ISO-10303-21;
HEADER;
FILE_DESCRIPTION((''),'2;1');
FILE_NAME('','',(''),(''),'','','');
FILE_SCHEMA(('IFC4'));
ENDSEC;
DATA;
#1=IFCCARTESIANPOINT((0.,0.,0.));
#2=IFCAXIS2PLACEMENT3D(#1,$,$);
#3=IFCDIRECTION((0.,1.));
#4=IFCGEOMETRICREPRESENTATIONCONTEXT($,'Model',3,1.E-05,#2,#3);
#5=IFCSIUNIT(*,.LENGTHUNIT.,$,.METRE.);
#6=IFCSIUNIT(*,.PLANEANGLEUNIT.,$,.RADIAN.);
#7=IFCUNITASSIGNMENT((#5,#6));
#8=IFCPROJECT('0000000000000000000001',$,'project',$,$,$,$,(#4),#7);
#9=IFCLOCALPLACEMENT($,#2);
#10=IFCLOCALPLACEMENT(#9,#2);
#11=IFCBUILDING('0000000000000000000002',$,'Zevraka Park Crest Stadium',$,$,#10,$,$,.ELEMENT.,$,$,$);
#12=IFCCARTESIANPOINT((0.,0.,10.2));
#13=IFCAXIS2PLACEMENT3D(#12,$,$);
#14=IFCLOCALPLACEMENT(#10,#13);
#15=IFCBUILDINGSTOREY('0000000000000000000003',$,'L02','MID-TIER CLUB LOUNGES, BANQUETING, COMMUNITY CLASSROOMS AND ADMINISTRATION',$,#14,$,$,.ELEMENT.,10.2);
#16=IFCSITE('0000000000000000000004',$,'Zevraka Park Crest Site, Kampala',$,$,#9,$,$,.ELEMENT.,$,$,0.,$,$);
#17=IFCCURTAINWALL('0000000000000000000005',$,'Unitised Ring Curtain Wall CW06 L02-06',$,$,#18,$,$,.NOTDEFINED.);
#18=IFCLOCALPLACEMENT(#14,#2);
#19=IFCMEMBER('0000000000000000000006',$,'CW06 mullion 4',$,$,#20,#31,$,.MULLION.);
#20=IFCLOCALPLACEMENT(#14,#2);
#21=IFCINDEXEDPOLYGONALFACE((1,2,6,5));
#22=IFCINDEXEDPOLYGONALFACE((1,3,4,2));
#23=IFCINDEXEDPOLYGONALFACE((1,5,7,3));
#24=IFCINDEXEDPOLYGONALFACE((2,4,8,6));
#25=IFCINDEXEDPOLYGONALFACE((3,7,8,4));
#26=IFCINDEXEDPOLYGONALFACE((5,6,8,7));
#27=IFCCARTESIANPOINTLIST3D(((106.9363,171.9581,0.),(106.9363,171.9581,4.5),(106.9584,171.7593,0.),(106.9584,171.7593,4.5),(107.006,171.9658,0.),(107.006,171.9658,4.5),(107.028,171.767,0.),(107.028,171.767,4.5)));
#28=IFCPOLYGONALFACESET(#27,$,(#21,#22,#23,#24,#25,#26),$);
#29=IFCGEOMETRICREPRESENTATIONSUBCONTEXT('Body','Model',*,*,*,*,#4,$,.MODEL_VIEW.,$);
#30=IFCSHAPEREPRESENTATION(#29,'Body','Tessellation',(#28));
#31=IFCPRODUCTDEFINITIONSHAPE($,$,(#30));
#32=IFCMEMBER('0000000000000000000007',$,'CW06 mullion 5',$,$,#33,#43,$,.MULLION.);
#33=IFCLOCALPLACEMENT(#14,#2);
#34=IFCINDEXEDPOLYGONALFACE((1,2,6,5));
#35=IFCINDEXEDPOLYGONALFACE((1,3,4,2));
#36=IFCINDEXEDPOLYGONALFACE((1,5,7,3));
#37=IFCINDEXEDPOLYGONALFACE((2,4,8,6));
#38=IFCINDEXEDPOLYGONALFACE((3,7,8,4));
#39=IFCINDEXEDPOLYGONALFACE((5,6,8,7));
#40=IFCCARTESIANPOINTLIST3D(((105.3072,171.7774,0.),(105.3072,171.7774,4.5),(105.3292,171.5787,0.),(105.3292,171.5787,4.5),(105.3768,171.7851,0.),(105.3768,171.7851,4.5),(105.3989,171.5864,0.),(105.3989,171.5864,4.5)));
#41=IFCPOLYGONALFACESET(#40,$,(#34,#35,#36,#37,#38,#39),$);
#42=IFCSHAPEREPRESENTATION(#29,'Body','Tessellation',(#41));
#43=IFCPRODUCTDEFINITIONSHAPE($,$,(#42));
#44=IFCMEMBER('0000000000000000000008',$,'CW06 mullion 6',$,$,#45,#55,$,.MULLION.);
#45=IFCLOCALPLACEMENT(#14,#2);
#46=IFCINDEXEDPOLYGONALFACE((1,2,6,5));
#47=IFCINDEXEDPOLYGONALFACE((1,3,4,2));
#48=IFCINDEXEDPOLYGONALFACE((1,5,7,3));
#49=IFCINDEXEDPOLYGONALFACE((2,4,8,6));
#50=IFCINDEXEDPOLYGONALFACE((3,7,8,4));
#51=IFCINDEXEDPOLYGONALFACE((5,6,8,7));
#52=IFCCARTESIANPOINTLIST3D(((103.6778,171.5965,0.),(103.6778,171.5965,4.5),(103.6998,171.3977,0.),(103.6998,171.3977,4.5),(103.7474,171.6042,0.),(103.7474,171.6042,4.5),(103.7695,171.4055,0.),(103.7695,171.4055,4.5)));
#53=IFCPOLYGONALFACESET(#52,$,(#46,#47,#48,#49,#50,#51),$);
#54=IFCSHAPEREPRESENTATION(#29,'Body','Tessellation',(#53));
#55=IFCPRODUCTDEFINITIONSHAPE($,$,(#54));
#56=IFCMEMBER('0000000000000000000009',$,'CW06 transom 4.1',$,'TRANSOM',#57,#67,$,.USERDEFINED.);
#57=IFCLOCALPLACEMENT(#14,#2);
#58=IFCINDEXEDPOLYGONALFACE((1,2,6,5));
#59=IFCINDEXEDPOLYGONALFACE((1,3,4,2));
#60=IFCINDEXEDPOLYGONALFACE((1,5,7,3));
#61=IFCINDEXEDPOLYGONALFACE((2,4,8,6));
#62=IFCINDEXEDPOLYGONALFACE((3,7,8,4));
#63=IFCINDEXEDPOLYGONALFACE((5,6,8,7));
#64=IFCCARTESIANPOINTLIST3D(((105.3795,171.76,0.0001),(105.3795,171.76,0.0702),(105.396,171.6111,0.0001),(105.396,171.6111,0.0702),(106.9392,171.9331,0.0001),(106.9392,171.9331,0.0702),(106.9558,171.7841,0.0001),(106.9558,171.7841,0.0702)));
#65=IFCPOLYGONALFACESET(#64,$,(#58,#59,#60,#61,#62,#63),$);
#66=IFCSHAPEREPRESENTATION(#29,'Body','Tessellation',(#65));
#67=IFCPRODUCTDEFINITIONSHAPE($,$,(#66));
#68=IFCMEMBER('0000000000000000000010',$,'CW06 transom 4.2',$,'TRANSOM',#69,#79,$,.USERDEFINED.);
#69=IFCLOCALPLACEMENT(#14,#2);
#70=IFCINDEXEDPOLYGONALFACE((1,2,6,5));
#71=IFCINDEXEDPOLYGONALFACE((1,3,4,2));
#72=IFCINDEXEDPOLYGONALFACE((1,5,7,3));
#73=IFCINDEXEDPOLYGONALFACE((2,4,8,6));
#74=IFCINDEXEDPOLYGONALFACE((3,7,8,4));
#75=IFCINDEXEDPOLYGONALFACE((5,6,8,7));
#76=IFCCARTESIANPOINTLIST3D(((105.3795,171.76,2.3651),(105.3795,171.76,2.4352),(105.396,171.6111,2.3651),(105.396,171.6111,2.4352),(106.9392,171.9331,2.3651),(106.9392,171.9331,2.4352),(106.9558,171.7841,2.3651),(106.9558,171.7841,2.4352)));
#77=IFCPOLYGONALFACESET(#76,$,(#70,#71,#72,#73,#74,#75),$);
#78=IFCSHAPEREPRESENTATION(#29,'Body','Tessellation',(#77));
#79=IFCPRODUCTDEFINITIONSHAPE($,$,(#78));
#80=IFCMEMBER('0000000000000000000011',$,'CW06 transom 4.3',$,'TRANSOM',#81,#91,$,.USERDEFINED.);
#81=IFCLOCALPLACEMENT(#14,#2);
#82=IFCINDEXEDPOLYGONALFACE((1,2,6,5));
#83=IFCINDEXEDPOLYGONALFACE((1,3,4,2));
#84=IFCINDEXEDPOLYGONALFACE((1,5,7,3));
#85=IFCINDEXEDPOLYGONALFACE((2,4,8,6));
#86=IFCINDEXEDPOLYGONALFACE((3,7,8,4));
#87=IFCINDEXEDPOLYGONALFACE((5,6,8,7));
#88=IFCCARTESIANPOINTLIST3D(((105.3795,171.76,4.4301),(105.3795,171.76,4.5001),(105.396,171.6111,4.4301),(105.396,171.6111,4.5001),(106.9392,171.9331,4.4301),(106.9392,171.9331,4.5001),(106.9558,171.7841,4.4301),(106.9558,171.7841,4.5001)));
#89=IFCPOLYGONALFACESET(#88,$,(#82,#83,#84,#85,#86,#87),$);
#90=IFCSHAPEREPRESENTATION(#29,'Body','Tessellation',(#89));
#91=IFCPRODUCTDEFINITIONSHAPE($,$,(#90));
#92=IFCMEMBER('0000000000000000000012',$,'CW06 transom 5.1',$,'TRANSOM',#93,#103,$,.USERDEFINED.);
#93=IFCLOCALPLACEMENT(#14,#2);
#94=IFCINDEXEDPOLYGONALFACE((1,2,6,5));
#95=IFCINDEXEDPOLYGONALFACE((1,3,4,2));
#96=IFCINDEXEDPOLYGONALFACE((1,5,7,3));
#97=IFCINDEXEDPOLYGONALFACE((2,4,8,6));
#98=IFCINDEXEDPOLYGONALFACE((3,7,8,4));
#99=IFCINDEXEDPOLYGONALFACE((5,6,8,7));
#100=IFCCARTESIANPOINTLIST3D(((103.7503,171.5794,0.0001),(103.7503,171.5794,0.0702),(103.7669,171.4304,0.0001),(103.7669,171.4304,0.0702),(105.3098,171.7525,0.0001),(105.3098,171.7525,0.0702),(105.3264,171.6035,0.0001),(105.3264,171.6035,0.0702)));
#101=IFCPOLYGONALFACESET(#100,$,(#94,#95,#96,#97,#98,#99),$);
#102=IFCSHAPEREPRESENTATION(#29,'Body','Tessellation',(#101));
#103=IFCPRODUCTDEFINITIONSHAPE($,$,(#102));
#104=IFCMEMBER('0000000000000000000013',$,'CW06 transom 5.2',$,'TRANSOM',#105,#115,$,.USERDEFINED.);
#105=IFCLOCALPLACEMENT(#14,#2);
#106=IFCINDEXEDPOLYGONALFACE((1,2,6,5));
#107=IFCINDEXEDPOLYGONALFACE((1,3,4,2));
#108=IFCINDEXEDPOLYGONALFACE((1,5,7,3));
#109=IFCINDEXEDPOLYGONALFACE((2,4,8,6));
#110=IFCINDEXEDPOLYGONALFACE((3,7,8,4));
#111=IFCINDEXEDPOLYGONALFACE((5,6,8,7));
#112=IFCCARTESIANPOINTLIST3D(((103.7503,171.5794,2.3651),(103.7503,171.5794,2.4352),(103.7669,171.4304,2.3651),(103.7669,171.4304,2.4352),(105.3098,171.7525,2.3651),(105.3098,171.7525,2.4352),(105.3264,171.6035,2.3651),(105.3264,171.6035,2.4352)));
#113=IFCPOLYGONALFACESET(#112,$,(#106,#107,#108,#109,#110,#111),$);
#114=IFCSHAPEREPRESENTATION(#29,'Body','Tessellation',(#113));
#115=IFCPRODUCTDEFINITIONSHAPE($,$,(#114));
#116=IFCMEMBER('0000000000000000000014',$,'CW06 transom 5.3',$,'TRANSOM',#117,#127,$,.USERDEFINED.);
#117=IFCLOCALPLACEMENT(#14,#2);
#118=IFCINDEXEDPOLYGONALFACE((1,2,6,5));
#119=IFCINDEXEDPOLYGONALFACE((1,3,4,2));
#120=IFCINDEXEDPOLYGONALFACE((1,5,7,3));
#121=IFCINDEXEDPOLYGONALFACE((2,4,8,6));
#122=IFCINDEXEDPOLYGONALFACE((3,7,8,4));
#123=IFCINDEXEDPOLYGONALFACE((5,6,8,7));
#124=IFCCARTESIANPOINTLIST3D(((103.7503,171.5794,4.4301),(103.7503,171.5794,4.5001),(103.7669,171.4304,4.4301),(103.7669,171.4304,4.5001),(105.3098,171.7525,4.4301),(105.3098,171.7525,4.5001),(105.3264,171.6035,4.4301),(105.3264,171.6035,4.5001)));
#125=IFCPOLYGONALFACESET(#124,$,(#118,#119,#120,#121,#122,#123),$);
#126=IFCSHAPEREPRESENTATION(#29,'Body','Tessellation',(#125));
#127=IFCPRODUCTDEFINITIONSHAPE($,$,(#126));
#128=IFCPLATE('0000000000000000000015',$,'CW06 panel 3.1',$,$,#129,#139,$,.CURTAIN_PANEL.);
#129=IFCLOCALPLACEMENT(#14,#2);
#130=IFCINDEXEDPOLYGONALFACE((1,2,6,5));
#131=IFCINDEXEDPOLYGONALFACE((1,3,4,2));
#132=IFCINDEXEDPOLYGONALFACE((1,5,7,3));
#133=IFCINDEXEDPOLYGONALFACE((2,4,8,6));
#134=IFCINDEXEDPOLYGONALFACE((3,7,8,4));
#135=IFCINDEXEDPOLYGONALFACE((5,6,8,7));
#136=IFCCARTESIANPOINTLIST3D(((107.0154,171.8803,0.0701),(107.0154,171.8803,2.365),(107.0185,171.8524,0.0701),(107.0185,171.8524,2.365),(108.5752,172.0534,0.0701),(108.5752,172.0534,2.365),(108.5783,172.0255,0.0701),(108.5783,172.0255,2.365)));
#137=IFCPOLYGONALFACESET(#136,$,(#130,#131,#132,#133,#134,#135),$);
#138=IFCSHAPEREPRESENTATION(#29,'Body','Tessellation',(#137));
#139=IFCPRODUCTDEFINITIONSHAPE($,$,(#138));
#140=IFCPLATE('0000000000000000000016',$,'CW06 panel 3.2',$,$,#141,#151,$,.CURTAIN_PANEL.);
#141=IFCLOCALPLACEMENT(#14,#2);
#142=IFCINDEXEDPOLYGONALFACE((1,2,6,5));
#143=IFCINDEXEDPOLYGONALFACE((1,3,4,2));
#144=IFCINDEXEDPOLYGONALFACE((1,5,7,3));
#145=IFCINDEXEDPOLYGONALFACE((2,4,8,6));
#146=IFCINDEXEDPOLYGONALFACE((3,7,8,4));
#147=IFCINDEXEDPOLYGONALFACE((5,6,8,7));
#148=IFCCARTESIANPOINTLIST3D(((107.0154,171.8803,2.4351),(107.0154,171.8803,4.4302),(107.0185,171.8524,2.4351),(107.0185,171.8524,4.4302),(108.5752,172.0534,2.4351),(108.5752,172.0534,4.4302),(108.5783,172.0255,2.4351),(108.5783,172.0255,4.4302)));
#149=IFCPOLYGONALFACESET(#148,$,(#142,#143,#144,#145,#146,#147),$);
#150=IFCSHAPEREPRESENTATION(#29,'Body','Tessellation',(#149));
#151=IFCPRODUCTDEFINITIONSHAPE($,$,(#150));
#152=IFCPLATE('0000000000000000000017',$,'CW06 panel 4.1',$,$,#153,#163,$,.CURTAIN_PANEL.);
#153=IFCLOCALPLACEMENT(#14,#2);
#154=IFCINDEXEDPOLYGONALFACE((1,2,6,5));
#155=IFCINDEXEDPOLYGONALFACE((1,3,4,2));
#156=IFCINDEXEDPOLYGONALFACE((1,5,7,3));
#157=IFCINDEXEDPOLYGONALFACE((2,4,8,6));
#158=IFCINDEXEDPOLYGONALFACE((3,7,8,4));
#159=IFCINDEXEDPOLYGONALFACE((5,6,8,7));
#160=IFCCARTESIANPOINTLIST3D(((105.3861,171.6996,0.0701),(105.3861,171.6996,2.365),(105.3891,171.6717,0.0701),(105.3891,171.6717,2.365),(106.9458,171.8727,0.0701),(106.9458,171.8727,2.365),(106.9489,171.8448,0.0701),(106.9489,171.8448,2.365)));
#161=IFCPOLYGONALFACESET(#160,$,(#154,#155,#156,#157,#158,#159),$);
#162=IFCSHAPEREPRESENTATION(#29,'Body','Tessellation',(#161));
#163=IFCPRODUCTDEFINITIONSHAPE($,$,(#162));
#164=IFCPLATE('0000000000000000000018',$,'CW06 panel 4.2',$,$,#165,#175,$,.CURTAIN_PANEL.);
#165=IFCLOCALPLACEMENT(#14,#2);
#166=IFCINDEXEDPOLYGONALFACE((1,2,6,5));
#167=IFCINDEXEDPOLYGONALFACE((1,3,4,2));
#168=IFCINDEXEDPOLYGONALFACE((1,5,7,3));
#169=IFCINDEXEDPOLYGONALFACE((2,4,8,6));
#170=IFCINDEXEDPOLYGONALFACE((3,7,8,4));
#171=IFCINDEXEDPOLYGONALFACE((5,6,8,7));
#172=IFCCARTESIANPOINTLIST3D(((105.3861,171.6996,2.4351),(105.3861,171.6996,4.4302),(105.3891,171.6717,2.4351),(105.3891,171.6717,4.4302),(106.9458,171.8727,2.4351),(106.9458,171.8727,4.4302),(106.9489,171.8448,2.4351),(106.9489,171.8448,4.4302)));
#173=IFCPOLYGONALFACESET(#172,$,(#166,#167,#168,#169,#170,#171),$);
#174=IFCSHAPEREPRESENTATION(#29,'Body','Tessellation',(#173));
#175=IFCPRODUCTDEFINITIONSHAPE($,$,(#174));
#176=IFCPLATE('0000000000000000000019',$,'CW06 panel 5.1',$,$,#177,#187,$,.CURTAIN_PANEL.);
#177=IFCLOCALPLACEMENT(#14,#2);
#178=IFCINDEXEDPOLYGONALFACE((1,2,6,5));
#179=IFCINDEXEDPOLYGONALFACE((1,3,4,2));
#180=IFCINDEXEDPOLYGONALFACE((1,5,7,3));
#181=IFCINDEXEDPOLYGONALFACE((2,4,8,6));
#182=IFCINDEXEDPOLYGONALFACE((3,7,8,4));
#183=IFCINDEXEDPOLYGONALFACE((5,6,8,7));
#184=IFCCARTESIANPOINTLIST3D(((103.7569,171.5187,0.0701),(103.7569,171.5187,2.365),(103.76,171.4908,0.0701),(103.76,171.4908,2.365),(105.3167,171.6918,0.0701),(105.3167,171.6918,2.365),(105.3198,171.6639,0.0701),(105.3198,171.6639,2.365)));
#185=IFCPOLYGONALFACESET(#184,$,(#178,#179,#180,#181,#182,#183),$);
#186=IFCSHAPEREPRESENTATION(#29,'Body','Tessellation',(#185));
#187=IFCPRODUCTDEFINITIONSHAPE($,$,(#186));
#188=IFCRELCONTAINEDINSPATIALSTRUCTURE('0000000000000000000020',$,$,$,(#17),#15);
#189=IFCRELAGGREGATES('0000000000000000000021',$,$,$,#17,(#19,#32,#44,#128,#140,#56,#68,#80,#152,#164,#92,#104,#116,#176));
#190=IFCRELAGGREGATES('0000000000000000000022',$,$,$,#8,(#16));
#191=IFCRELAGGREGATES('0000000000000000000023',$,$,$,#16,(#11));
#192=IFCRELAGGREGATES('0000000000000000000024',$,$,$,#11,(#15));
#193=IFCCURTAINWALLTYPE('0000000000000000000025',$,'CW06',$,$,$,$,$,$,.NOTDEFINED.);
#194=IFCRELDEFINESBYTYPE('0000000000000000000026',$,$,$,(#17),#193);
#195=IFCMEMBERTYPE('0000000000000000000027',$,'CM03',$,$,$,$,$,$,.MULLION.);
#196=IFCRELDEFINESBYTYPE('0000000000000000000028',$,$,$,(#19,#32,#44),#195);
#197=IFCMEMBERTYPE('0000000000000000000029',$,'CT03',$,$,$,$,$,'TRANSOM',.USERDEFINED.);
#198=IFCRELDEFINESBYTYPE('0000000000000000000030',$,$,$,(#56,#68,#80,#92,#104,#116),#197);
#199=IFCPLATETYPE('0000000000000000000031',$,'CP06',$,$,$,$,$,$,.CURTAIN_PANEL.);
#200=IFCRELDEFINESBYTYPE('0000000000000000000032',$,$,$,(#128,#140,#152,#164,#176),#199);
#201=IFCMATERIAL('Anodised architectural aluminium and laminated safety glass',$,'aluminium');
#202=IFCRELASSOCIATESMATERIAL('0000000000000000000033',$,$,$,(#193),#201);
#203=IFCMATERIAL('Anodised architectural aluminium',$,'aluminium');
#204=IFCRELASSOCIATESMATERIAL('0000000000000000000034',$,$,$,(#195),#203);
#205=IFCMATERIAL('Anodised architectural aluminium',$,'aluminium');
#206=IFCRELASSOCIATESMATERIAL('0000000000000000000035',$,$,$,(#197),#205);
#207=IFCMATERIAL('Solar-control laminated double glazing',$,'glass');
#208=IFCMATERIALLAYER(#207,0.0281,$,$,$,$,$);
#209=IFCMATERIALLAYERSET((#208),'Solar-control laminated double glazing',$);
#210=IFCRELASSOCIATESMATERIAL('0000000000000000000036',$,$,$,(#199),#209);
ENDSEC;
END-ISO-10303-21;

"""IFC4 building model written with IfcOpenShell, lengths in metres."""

from ifc_helpers import new_model, si_unit, direction, frame, origin, origin_2d, place, context, subcontext, project, spatial, rectangle, extrude, material, layer, layer_set, material_profile, profile_set, type_object, element, aggregate, save


model = new_model("IFC4")

# Units and contexts
model_context = context("Model", 3, precision=1e-05, world=origin(), true_north=direction((0.0, 1.0)))
body_context = subcontext(model_context, "Body", "Model", "MODEL_VIEW")
ifc_project = project(units=[si_unit("LENGTHUNIT", "METRE"), si_unit("PLANEANGLEUNIT", "RADIAN")], contexts=[model_context])

# Site, building, storey
site_placement = place(None, origin())
site = spatial("IfcSite", under=ifc_project, at=site_placement, Name="Zevraka Park Crest Site, Kampala", CompositionType="ELEMENT", RefElevation=0.0)
building_placement = place(site_placement, origin())
building = spatial("IfcBuilding", under=site, at=building_placement, Name="Zevraka Park Crest Stadium", CompositionType="ELEMENT")
storey_placement = place(building_placement, frame((0.0, 0.0, 10.2)))
storey = spatial("IfcBuildingStorey", under=building, at=storey_placement, Name="L02", Description="MID-TIER CLUB LOUNGES, BANQUETING, COMMUNITY CLASSROOMS AND ADMINISTRATION", CompositionType="ELEMENT", Elevation=10.2)

# Curtain wall, members, plates
ifc_material_1 = material(Name="Anodised architectural aluminium and laminated safety glass", Category="aluminium")
curtain_wall_type = type_object("IfcCurtainWallType", Name="CW06", PredefinedType="NOTDEFINED", material=ifc_material_1)
curtain_wall_placement = place(storey_placement, origin())
curtain_wall = element("IfcCurtainWall", 1, at=curtain_wall_placement, inside=storey, type_object=curtain_wall_type, Name="Unitised Ring Curtain Wall CW06 L02-06", PredefinedType="NOTDEFINED")
ifc_material_2 = material(Name="Anodised architectural aluminium", Category="aluminium")
ifc_material_profile_1 = material_profile(ifc_material_2, rectangle(XDim=0.2, YDim=0.0701, at=origin_2d()), Name="ALU MULLION 200x70")
ifc_profile_set_1 = profile_set([ifc_material_profile_1], Name="Anodised architectural aluminium")
member_type_1 = type_object("IfcMemberType", Name="CM03", PredefinedType="MULLION", material=ifc_profile_set_1)
member_1_placement = place(storey_placement, frame((106.9822, 171.8625, 0.0), z_axis=(0.0, 0.0, 1.0), x_axis=(0.110293, -0.993899, 0.0)))
member_1 = element("IfcMember", 2, at=member_1_placement, type_object=member_type_1, Name="CW06 mullion 4", PredefinedType="MULLION", context=body_context, shape_type="SweptSolid", body=[
    extrude(rectangle(XDim=0.2, YDim=0.0701, at=origin_2d()), origin(), (0.0, 0.0, 1.0), 4.5),
])
member_2_placement = place(storey_placement, frame((105.353, 171.6819, 0.0), z_axis=(0.0, 0.0, 1.0), x_axis=(0.110293, -0.993899, 0.0)))
member_2 = element("IfcMember", 3, at=member_2_placement, type_object=member_type_1, Name="CW06 mullion 5", PredefinedType="MULLION", context=body_context, shape_type="SweptSolid", body=[
    extrude(rectangle(XDim=0.2, YDim=0.0701, at=origin_2d()), origin(), (0.0, 0.0, 1.0), 4.5),
])
member_3_placement = place(storey_placement, frame((103.7236, 171.501, 0.0), z_axis=(0.0, 0.0, 1.0), x_axis=(0.110293, -0.993899, 0.0)))
member_3 = element("IfcMember", 4, at=member_3_placement, type_object=member_type_1, Name="CW06 mullion 6", PredefinedType="MULLION", context=body_context, shape_type="SweptSolid", body=[
    extrude(rectangle(XDim=0.2, YDim=0.0701, at=origin_2d()), origin(), (0.0, 0.0, 1.0), 4.5),
])
ifc_material_3 = material(Name="Anodised architectural aluminium", Category="aluminium")
ifc_material_profile_2 = material_profile(ifc_material_3, rectangle(XDim=0.1499, YDim=0.0701, at=origin_2d()), Name="ALU TRANSOM 150x70")
ifc_profile_set_2 = profile_set([ifc_material_profile_2], Name="Anodised architectural aluminium")
member_type_2 = type_object("IfcMemberType", Name="CT03", ElementType="TRANSOM", PredefinedType="USERDEFINED", material=ifc_profile_set_2)
member_4_placement = place(storey_placement, frame((106.9475, 171.8586, 0.0352), z_axis=(-0.993899, -0.110295, 0.0), x_axis=(0.110295, -0.993899, 0.0)))
member_4 = element("IfcMember", 5, at=member_4_placement, type_object=member_type_2, Name="CW06 transom 4.1", ObjectType="TRANSOM", PredefinedType="USERDEFINED", context=body_context, shape_type="SweptSolid", body=[
    extrude(rectangle(XDim=0.1499, YDim=0.0701, at=origin_2d()), origin(), (0.0, 0.0, 1.0), 1.5693),
])
member_5_placement = place(storey_placement, frame((106.9475, 171.8586, 2.4001), z_axis=(-0.993899, -0.110295, 0.0), x_axis=(0.110295, -0.993899, 0.0)))
member_5 = element("IfcMember", 6, at=member_5_placement, type_object=member_type_2, Name="CW06 transom 4.2", ObjectType="TRANSOM", PredefinedType="USERDEFINED", context=body_context, shape_type="SweptSolid", body=[
    extrude(rectangle(XDim=0.1499, YDim=0.0701, at=origin_2d()), origin(), (0.0, 0.0, 1.0), 1.5693),
])
member_6_placement = place(storey_placement, frame((106.9475, 171.8586, 4.4651), z_axis=(-0.993899, -0.110295, 0.0), x_axis=(0.110295, -0.993899, 0.0)))
member_6 = element("IfcMember", 7, at=member_6_placement, type_object=member_type_2, Name="CW06 transom 4.3", ObjectType="TRANSOM", PredefinedType="USERDEFINED", context=body_context, shape_type="SweptSolid", body=[
    extrude(rectangle(XDim=0.1499, YDim=0.0701, at=origin_2d()), origin(), (0.0, 0.0, 1.0), 1.5693),
])
member_7_placement = place(storey_placement, frame((105.3181, 171.678, 0.0352), z_axis=(-0.993897, -0.110312, 0.0), x_axis=(0.110312, -0.993897, 0.0)))
member_7 = element("IfcMember", 8, at=member_7_placement, type_object=member_type_2, Name="CW06 transom 5.1", ObjectType="TRANSOM", PredefinedType="USERDEFINED", context=body_context, shape_type="SweptSolid", body=[
    extrude(rectangle(XDim=0.1499, YDim=0.0701, at=origin_2d()), origin(), (0.0, 0.0, 1.0), 1.5691),
])
member_8_placement = place(storey_placement, frame((105.3181, 171.678, 2.4001), z_axis=(-0.993897, -0.110312, 0.0), x_axis=(0.110312, -0.993897, 0.0)))
member_8 = element("IfcMember", 9, at=member_8_placement, type_object=member_type_2, Name="CW06 transom 5.2", ObjectType="TRANSOM", PredefinedType="USERDEFINED", context=body_context, shape_type="SweptSolid", body=[
    extrude(rectangle(XDim=0.1499, YDim=0.0701, at=origin_2d()), origin(), (0.0, 0.0, 1.0), 1.5691),
])
member_9_placement = place(storey_placement, frame((105.3181, 171.678, 4.4651), z_axis=(-0.993897, -0.110312, 0.0), x_axis=(0.110312, -0.993897, 0.0)))
member_9 = element("IfcMember", 10, at=member_9_placement, type_object=member_type_2, Name="CW06 transom 5.3", ObjectType="TRANSOM", PredefinedType="USERDEFINED", context=body_context, shape_type="SweptSolid", body=[
    extrude(rectangle(XDim=0.1499, YDim=0.0701, at=origin_2d()), origin(), (0.0, 0.0, 1.0), 1.5691),
])
ifc_material_4 = material(Name="Solar-control laminated double glazing", Category="glass")
ifc_layer_1 = layer(ifc_material_4, 0.0281)
ifc_layer_set_1 = layer_set([ifc_layer_1], Name="Solar-control laminated double glazing")
plate_type = type_object("IfcPlateType", Name="CP06", PredefinedType="CURTAIN_PANEL", material=ifc_layer_set_1)
plate_1_placement = place(storey_placement, frame((107.7969, 171.9529, 0.0701), z_axis=(0.0, 0.0, 1.0), x_axis=(-0.993899, -0.110293, 0.0)))
plate_1 = element("IfcPlate", 11, at=plate_1_placement, type_object=plate_type, Name="CW06 panel 3.1", PredefinedType="CURTAIN_PANEL", context=body_context, shape_type="SweptSolid", body=[
    extrude(rectangle(XDim=1.5693, YDim=0.0281, at=origin_2d()), origin(), (0.0, 0.0, 1.0), 2.2949),
])
plate_2_placement = place(storey_placement, frame((107.7969, 171.9529, 2.4351), z_axis=(0.0, 0.0, 1.0), x_axis=(-0.993899, -0.110293, 0.0)))
plate_2 = element("IfcPlate", 12, at=plate_2_placement, type_object=plate_type, Name="CW06 panel 3.2", PredefinedType="CURTAIN_PANEL", context=body_context, shape_type="SweptSolid", body=[
    extrude(rectangle(XDim=1.5693, YDim=0.0281, at=origin_2d()), origin(), (0.0, 0.0, 1.0), 1.9951),
])
plate_3_placement = place(storey_placement, frame((106.1675, 171.7722, 0.0701), z_axis=(0.0, 0.0, 1.0), x_axis=(-0.993899, -0.110293, 0.0)))
plate_3 = element("IfcPlate", 13, at=plate_3_placement, type_object=plate_type, Name="CW06 panel 4.1", PredefinedType="CURTAIN_PANEL", context=body_context, shape_type="SweptSolid", body=[
    extrude(rectangle(XDim=1.5693, YDim=0.0281, at=origin_2d()), origin(), (0.0, 0.0, 1.0), 2.2949),
])
plate_4_placement = place(storey_placement, frame((106.1675, 171.7722, 2.4351), z_axis=(0.0, 0.0, 1.0), x_axis=(-0.993899, -0.110293, 0.0)))
plate_4 = element("IfcPlate", 14, at=plate_4_placement, type_object=plate_type, Name="CW06 panel 4.2", PredefinedType="CURTAIN_PANEL", context=body_context, shape_type="SweptSolid", body=[
    extrude(rectangle(XDim=1.5693, YDim=0.0281, at=origin_2d()), origin(), (0.0, 0.0, 1.0), 1.9951),
])
plate_5_placement = place(storey_placement, frame((104.5383, 171.5913, 0.0701), z_axis=(0.0, 0.0, 1.0), x_axis=(-0.993899, -0.110293, 0.0)))
plate_5 = element("IfcPlate", 15, at=plate_5_placement, type_object=plate_type, Name="CW06 panel 5.1", PredefinedType="CURTAIN_PANEL", context=body_context, shape_type="SweptSolid", body=[
    extrude(rectangle(XDim=1.5693, YDim=0.0281, at=origin_2d()), origin(), (0.0, 0.0, 1.0), 2.2949),
])
aggregate(curtain_wall, [member_1, member_2, member_3, plate_1, plate_2, member_4, member_5, member_6, plate_3, plate_4, member_7, member_8, member_9, plate_5])

save(model, "model.ifc")
